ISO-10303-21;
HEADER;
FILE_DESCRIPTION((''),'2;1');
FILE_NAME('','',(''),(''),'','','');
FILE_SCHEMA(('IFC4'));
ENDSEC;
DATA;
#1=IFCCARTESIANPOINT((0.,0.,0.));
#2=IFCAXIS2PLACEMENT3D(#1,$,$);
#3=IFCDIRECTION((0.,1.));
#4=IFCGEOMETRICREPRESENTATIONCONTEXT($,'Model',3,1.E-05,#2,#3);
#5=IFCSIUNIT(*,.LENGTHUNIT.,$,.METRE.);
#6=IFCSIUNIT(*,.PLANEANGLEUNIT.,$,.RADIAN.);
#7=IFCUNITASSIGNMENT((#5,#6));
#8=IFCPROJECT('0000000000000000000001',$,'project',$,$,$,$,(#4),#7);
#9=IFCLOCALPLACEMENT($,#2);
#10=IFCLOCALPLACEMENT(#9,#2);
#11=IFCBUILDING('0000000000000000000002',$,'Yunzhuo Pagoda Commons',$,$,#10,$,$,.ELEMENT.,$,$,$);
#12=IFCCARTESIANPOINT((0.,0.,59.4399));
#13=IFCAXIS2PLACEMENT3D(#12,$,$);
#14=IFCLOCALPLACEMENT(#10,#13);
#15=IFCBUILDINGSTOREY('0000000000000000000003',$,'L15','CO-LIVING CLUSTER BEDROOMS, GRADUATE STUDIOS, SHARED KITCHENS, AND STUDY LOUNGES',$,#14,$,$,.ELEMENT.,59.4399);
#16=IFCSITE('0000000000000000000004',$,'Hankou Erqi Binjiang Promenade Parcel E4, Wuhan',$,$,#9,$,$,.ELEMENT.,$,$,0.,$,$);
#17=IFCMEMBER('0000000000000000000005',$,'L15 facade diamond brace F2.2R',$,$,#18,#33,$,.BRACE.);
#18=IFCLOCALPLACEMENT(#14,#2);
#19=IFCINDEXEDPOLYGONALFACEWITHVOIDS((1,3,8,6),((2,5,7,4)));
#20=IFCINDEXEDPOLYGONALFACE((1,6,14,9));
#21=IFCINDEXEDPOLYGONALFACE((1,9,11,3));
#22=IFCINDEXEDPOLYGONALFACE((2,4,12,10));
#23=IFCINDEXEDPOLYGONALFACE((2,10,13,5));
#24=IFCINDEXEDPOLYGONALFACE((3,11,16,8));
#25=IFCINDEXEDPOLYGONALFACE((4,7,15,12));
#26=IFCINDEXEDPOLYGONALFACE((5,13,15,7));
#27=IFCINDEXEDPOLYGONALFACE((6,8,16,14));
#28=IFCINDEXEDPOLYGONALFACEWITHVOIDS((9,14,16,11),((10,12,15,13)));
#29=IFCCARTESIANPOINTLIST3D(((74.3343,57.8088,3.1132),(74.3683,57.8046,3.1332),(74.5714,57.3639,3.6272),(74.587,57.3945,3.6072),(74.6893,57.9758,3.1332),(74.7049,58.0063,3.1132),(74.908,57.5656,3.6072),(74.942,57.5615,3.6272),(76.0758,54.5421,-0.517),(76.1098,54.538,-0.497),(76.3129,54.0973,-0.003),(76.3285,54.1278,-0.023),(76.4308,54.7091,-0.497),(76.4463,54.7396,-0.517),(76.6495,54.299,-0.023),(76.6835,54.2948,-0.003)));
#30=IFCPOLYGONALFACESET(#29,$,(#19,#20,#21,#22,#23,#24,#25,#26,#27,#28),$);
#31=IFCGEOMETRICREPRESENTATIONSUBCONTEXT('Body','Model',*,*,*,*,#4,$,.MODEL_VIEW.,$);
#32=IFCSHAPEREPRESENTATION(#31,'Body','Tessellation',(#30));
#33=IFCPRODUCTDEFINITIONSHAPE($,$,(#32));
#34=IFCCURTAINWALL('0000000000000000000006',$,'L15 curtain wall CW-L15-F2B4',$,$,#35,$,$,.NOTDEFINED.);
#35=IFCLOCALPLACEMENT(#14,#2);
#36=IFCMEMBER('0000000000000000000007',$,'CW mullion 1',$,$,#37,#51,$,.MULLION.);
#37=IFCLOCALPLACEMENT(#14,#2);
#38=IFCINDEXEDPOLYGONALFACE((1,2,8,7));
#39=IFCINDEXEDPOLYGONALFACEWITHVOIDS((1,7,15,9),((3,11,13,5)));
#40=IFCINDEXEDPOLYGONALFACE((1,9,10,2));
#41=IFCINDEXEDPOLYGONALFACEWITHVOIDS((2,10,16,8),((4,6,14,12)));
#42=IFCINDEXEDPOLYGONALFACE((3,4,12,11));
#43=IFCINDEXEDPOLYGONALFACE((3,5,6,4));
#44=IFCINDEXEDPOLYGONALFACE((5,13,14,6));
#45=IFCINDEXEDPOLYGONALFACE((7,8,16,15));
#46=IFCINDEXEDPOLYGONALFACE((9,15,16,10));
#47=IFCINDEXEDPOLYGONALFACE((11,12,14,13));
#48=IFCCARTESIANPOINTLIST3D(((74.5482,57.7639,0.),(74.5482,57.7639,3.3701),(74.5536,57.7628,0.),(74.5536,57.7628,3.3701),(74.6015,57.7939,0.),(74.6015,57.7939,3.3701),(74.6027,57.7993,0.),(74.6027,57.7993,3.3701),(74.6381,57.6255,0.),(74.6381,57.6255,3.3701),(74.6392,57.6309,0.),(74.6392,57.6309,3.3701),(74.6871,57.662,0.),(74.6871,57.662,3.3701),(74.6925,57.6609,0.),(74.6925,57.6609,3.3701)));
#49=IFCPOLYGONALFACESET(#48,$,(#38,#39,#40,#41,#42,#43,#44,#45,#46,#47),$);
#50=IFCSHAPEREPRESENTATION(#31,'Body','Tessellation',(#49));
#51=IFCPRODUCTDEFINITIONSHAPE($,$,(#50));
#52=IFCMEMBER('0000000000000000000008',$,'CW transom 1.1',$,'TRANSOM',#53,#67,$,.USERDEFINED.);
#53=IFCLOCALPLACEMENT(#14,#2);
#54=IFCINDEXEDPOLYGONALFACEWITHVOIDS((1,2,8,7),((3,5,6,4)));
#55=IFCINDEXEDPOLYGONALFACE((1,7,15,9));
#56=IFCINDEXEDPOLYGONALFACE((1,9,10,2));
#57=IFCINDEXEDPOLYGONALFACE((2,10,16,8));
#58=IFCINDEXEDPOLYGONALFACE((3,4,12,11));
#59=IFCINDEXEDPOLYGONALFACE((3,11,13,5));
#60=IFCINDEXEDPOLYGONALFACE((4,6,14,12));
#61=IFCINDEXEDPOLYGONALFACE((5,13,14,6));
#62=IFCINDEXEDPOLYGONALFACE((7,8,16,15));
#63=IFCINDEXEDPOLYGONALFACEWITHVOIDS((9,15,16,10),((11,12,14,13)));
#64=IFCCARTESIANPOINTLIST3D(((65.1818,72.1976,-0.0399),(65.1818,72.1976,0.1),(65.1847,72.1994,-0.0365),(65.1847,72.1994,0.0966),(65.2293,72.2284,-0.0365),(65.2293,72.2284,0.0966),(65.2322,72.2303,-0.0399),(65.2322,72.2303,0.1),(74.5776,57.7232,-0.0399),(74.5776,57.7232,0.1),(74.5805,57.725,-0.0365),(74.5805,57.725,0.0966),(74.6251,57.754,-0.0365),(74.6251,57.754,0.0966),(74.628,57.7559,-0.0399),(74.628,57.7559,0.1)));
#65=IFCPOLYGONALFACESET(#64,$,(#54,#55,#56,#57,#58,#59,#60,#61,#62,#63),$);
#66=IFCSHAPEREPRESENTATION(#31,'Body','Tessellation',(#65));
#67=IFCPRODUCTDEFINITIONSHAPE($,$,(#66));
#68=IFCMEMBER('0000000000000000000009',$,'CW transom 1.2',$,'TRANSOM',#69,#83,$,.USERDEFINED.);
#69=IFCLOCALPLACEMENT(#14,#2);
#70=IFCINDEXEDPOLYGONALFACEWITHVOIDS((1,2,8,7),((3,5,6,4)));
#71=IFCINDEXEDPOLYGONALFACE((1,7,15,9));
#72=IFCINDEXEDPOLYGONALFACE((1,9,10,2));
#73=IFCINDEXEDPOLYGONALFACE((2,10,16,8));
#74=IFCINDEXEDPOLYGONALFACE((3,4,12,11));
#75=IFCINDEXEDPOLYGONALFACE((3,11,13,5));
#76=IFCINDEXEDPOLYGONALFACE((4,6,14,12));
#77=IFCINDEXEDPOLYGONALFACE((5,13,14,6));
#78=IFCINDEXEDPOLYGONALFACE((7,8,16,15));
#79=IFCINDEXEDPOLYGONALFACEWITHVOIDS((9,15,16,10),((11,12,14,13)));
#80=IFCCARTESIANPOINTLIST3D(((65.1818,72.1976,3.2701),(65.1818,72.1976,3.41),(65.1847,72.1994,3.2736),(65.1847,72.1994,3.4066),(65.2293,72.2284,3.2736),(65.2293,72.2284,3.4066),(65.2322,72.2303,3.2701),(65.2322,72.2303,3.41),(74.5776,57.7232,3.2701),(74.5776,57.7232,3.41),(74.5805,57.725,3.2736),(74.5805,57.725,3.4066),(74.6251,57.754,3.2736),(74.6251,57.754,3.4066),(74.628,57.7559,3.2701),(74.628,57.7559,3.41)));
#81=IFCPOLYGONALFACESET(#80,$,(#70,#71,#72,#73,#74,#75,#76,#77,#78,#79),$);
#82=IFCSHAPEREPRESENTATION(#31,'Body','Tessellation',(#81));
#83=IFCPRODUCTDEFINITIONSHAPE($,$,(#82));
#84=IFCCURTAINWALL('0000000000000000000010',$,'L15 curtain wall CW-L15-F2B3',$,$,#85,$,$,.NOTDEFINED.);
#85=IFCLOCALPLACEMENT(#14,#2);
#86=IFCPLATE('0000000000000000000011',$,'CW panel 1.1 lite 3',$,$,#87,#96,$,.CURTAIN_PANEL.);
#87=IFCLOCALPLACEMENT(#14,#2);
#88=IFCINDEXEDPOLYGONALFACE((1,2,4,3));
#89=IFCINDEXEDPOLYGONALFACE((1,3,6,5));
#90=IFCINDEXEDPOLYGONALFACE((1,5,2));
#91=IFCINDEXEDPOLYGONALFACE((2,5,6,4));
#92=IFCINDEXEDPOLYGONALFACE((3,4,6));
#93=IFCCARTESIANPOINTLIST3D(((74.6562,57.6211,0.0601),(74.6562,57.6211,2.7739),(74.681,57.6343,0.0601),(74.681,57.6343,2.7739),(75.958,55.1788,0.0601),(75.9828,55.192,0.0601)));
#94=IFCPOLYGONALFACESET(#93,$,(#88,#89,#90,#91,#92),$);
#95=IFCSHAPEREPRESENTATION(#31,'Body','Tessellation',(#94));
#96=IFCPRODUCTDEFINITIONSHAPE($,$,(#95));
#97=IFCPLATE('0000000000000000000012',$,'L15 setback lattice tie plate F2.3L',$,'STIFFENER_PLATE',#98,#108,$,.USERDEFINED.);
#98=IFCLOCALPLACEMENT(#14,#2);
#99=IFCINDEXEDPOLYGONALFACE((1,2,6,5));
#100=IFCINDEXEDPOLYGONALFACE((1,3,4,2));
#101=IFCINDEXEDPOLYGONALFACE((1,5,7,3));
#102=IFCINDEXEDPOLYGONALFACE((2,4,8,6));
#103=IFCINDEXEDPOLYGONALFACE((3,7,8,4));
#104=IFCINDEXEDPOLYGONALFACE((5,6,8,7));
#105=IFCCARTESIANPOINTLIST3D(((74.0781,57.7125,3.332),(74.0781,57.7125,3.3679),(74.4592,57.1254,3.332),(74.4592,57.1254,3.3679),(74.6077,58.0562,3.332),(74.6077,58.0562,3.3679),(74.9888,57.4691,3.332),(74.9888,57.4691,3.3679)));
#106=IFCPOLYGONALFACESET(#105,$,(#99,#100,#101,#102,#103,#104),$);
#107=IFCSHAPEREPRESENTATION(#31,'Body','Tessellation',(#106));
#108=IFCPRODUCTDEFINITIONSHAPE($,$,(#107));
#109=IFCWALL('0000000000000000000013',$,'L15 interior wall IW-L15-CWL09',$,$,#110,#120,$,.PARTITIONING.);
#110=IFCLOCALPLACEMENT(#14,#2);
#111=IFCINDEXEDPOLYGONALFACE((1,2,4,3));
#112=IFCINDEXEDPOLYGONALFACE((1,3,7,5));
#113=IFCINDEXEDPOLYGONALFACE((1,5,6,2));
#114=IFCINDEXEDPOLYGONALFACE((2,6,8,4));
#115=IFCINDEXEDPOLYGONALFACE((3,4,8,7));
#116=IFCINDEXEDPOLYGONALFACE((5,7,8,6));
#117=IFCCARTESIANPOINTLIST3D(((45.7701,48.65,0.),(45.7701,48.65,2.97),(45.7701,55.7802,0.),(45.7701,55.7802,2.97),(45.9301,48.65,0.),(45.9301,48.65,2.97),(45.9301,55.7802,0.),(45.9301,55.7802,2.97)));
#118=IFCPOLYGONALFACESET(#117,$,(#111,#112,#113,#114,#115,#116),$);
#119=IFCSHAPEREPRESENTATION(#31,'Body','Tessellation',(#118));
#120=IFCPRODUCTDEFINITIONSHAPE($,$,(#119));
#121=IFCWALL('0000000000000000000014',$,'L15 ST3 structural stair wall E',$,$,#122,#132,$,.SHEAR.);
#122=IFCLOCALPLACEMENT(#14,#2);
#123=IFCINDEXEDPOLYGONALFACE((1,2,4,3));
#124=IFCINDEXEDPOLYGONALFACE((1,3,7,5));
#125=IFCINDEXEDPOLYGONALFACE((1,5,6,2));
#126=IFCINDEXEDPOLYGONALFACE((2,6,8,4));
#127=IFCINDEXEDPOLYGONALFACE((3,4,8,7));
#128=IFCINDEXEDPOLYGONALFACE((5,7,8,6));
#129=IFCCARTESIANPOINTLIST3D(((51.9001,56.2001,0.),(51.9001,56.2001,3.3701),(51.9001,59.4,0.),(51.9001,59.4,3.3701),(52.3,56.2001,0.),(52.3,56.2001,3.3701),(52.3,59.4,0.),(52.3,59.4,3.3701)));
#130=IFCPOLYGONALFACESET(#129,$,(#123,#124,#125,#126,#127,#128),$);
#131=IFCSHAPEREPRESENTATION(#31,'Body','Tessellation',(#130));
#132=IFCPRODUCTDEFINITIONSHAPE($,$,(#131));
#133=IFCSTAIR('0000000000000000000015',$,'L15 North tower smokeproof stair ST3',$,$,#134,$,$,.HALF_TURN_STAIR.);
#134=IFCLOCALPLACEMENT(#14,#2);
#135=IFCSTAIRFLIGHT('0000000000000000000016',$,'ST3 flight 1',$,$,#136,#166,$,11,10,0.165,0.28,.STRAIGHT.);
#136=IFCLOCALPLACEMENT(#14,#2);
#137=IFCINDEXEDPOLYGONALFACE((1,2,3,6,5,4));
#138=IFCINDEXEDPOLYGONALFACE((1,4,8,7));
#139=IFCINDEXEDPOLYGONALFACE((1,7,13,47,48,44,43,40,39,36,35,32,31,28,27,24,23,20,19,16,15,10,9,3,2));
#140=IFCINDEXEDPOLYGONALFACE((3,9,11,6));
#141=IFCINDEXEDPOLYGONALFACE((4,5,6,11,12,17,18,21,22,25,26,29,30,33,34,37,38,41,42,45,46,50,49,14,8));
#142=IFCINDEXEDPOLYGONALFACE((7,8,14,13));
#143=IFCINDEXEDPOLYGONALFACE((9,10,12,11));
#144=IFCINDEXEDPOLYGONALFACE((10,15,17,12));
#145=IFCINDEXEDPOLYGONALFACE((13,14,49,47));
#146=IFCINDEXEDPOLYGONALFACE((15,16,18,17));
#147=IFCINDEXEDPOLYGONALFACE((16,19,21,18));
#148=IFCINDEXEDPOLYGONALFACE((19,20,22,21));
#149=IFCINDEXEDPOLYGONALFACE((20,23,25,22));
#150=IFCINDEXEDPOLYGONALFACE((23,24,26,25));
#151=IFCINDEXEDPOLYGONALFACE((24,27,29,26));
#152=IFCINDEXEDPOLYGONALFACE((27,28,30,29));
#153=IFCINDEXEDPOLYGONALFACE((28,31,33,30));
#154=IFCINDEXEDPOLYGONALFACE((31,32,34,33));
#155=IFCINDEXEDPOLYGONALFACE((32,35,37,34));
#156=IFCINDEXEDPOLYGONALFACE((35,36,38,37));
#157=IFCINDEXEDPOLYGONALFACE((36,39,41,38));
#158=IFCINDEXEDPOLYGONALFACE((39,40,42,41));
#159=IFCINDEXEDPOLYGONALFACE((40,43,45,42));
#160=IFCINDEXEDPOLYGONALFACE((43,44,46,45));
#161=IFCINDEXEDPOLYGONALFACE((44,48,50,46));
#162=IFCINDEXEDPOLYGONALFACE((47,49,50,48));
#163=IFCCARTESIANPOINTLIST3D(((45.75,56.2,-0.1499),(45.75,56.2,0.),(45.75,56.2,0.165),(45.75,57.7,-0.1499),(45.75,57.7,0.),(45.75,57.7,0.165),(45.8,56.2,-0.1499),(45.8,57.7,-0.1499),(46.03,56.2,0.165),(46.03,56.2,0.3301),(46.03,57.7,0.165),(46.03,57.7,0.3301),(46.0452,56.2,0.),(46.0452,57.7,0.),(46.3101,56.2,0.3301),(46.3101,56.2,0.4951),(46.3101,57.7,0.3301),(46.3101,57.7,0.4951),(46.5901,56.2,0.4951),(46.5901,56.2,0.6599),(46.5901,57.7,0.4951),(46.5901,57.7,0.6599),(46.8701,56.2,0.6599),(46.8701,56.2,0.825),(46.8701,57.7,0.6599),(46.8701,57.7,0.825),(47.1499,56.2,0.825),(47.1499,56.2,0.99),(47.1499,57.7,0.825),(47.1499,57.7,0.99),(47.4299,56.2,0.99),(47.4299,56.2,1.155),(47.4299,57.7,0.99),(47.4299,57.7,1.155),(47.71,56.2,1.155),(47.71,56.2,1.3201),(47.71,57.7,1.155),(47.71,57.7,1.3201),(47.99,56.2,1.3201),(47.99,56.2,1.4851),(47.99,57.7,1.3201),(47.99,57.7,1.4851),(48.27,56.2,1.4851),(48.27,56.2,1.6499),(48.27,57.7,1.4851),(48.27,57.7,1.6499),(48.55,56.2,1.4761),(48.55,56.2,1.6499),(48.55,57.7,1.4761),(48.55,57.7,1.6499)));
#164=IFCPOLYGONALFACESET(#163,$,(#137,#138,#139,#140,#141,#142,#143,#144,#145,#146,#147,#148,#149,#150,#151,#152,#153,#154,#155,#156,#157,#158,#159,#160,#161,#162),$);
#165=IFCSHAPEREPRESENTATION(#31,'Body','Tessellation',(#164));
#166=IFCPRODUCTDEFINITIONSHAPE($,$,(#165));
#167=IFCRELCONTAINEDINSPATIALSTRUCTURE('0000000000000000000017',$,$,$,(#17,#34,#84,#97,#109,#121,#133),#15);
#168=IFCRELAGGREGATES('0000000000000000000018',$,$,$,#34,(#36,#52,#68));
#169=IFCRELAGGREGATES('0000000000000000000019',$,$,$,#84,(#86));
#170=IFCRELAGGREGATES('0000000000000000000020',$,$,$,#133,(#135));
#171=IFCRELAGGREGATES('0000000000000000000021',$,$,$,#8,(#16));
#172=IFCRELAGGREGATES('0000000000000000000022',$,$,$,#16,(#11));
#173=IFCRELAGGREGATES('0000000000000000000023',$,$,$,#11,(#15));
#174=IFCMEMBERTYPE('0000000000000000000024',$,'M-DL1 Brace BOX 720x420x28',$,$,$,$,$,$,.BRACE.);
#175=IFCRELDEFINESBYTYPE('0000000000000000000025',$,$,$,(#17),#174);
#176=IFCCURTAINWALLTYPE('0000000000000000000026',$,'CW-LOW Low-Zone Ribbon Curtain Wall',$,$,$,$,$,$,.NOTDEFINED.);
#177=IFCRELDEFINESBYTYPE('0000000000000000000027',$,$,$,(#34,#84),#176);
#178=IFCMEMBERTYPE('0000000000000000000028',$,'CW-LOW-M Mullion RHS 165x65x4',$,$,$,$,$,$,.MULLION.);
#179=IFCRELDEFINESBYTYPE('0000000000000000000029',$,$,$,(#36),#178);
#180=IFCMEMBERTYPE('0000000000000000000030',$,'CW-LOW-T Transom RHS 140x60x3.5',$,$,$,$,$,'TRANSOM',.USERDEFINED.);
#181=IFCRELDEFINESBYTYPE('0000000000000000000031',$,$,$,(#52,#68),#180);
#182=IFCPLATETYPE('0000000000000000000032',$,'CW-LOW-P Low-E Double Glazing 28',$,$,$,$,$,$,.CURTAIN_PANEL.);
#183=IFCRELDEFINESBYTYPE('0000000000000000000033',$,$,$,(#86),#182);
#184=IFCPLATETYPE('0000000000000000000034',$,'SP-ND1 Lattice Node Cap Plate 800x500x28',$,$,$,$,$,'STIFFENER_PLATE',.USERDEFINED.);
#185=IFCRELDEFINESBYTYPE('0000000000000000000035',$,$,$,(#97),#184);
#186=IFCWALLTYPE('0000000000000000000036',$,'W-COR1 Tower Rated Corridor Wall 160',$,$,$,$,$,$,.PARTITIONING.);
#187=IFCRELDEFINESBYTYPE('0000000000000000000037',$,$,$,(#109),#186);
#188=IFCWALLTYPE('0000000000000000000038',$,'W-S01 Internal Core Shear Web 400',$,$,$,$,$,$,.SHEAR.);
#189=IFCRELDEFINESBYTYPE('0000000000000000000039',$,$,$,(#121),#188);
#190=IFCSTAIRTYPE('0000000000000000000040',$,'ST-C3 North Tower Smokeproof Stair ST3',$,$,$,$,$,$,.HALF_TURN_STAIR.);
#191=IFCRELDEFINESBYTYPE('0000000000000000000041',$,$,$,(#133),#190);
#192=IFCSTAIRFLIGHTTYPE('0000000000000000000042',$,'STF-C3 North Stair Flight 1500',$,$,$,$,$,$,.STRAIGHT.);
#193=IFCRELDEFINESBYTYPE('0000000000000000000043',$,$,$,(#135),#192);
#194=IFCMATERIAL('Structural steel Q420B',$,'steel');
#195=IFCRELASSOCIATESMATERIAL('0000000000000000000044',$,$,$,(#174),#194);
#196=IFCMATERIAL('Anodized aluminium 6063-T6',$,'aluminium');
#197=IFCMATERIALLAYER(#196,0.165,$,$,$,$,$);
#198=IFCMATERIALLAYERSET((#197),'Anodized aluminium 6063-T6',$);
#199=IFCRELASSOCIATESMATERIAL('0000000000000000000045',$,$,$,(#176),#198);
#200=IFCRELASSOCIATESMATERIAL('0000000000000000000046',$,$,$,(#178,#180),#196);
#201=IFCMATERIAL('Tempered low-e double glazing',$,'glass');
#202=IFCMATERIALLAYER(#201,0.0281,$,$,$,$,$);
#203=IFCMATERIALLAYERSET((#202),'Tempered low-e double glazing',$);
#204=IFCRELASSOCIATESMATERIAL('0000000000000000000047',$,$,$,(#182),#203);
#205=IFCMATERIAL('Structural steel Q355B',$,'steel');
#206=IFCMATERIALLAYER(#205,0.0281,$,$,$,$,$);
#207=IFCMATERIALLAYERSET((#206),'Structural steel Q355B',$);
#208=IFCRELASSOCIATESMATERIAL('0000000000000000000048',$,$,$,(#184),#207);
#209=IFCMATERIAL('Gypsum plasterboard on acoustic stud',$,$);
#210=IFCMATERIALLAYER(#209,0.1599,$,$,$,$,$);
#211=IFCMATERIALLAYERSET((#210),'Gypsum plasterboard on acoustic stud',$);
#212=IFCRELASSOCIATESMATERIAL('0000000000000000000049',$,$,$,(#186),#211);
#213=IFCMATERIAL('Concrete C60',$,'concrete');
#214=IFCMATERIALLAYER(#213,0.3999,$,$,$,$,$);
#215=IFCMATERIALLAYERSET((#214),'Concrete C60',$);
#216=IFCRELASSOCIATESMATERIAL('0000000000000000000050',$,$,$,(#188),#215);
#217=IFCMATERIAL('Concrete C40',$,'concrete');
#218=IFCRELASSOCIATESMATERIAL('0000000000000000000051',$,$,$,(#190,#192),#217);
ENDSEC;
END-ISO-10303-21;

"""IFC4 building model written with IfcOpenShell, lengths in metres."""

from ifc_helpers import new_model, si_unit, direction, frame, frame_2d, origin, origin_2d, place, context, subcontext, project, spatial, polyline, rectangle, hollow_rectangle, outline, extrude, source, transform, mapped, material, layer, layer_set, material_profile, profile_set, type_object, element, aggregate, save


model = new_model("IFC4")

# Units and contexts
model_context = context("Model", 3, precision=1e-05, world=origin(), true_north=direction((0.0, 1.0)))
body_context = subcontext(model_context, "Body", "Model", "MODEL_VIEW")
ifc_project = project(units=[si_unit("LENGTHUNIT", "METRE"), si_unit("PLANEANGLEUNIT", "RADIAN")], contexts=[model_context])

# Site, building, storey
site_placement = place(None, origin())
site = spatial("IfcSite", under=ifc_project, at=site_placement, Name="Hankou Erqi Binjiang Promenade Parcel E4, Wuhan", CompositionType="ELEMENT", RefElevation=0.0)
building_placement = place(site_placement, origin())
building = spatial("IfcBuilding", under=site, at=building_placement, Name="Yunzhuo Pagoda Commons", CompositionType="ELEMENT")
storey_placement = place(building_placement, frame((0.0, 0.0, 59.4399)))
storey = spatial("IfcBuildingStorey", under=building, at=storey_placement, Name="L15", Description="CO-LIVING CLUSTER BEDROOMS, GRADUATE STUDIOS, SHARED KITCHENS, AND STUDY LOUNGES", CompositionType="ELEMENT", Elevation=59.4399)

# Shared definitions
ifc_material_1 = material(Name="Structural steel Q420B", Category="steel")

# Shared definitions
ifc_material_2 = material(Name="Structural steel Q355B", Category="steel")

# Member
ifc_material_profile_1 = material_profile(ifc_material_1, hollow_rectangle(XDim=0.4199, YDim=0.72, WallThickness=0.0281, at=origin_2d()), Name="Structural steel Q420B")
ifc_profile_set_1 = profile_set([ifc_material_profile_1], Name="Structural steel Q420B")
member_type_1 = type_object("IfcMemberType", Name="M-DL1 Brace BOX 720x420x28", PredefinedType="BRACE", material=ifc_profile_set_1)
shared_shape_1 = source(origin(), body_context, "Body", "SweptSolid", [
    extrude(hollow_rectangle(XDim=0.4199, YDim=0.72, WallThickness=0.0281, at=origin_2d()), origin(), (0.0, 0.0, 1.0), 5.1848),
])
member_1_placement = place(storey_placement, frame((76.3796, 54.4185, -0.26), z_axis=(-0.335883, 0.630046, 0.700161), x_axis=(-0.882435, -0.470434, 0.0)))
element("IfcMember", 1, at=member_1_placement, inside=storey, type_object=member_type_1, Name="L15 facade diamond brace F2.2R", PredefinedType="BRACE", context=body_context, shape_type="MappedRepresentation", body=[
    mapped(shared_shape_1, transform((0.0, 0.0, 0.0), scale=1.0)),
])

# Curtain wall, members
ifc_material_3 = material(Name="Anodized aluminium 6063-T6", Category="aluminium")
ifc_layer_1 = layer(ifc_material_3, 0.165)
ifc_layer_set_1 = layer_set([ifc_layer_1], Name="Anodized aluminium 6063-T6")
curtain_wall_type = type_object("IfcCurtainWallType", Name="CW-LOW Low-Zone Ribbon Curtain Wall", PredefinedType="NOTDEFINED", material=ifc_layer_set_1)
curtain_wall_1_placement = place(storey_placement, origin())
curtain_wall_1 = element("IfcCurtainWall", 2, at=curtain_wall_1_placement, inside=storey, type_object=curtain_wall_type, Name="L15 curtain wall CW-L15-F2B4", PredefinedType="NOTDEFINED")
ifc_material_profile_2 = material_profile(ifc_material_3, hollow_rectangle(XDim=0.0649, YDim=0.165, WallThickness=0.0039, at=origin_2d()), Name="Anodized aluminium 6063-T6")
ifc_profile_set_2 = profile_set([ifc_material_profile_2], Name="Anodized aluminium 6063-T6")
member_type_2 = type_object("IfcMemberType", Name="CW-LOW-M Mullion RHS 165x65x4", PredefinedType="MULLION", material=ifc_profile_set_2)
shared_shape_2 = source(origin(), body_context, "Body", "SweptSolid", [
    extrude(hollow_rectangle(XDim=0.0649, YDim=0.165, WallThickness=0.0039, at=origin_2d()), origin(), (0.0, 0.0, 1.0), 3.3701),
])
member_2_placement = place(storey_placement, frame((74.6204, 57.7124, 0.0), z_axis=(0.0, 0.0, 1.0), x_axis=(-0.838777, -0.544476, 0.0)))
member_2 = element("IfcMember", 3, at=member_2_placement, type_object=member_type_2, Name="CW mullion 1", PredefinedType="MULLION", context=body_context, shape_type="MappedRepresentation", body=[
    mapped(shared_shape_2, transform((0.0, 0.0, 0.0), scale=1.0)),
])
ifc_material_profile_3 = material_profile(ifc_material_3, hollow_rectangle(XDim=0.0601, YDim=0.1399, WallThickness=0.0034, at=origin_2d()), Name="Anodized aluminium 6063-T6")
ifc_profile_set_3 = profile_set([ifc_material_profile_3], Name="Anodized aluminium 6063-T6")
member_type_3 = type_object("IfcMemberType", Name="CW-LOW-T Transom RHS 140x60x3.5", ElementType="TRANSOM", PredefinedType="USERDEFINED", material=ifc_profile_set_3)
shared_shape_3 = source(origin(), body_context, "Body", "SweptSolid", [
    extrude(hollow_rectangle(XDim=0.0601, YDim=0.1399, WallThickness=0.0034, at=origin_2d()), origin(), (0.0, 0.0, 1.0), 17.2566),
])
member_3_placement = place(storey_placement, frame((74.6028, 57.7395, 0.03), z_axis=(-0.544476, 0.838777, 0.0), x_axis=(-0.838777, -0.544476, 0.0)))
member_3 = element("IfcMember", 4, at=member_3_placement, type_object=member_type_3, Name="CW transom 1.1", ObjectType="TRANSOM", PredefinedType="USERDEFINED", context=body_context, shape_type="MappedRepresentation", body=[
    mapped(shared_shape_3, transform((0.0, 0.0, 0.0), scale=1.0)),
])
member_4_placement = place(storey_placement, frame((74.6028, 57.7395, 3.3401), z_axis=(-0.544476, 0.838777, 0.0), x_axis=(-0.838777, -0.544476, 0.0)))
member_4 = element("IfcMember", 5, at=member_4_placement, type_object=member_type_3, Name="CW transom 1.2", ObjectType="TRANSOM", PredefinedType="USERDEFINED", context=body_context, shape_type="MappedRepresentation", body=[
    mapped(shared_shape_3, transform((0.0, 0.0, 0.0), scale=1.0)),
])
aggregate(curtain_wall_1, [member_2, member_3, member_4])

# Curtain wall, plate
curtain_wall_2_placement = place(storey_placement, origin())
curtain_wall_2 = element("IfcCurtainWall", 6, at=curtain_wall_2_placement, inside=storey, type_object=curtain_wall_type, Name="L15 curtain wall CW-L15-F2B3", PredefinedType="NOTDEFINED")
ifc_material_4 = material(Name="Tempered low-e double glazing", Category="glass")
ifc_layer_2 = layer(ifc_material_4, 0.0281)
ifc_layer_set_2 = layer_set([ifc_layer_2], Name="Tempered low-e double glazing")
plate_type_1 = type_object("IfcPlateType", Name="CW-LOW-P Low-E Double Glazing 28", PredefinedType="CURTAIN_PANEL", material=ifc_layer_set_2)
plate_1_placement = place(storey_placement, frame((75.3071, 56.3999, 1.417), z_axis=(0.88247, 0.470369, 0.0), x_axis=(-0.470369, 0.88247, 0.0)))
plate_1 = element("IfcPlate", 7, at=plate_1_placement, type_object=plate_type_1, Name="CW panel 1.1 lite 3", PredefinedType="CURTAIN_PANEL", context=body_context, shape_type="SweptSolid", body=[
    extrude(outline(polyline([(-1.3838, -1.3569), (1.3838, -1.3569), (1.3838, 1.3569), (-1.3838, -1.3569)])), origin(), (0.0, 0.0, 1.0), 0.0281),
])
aggregate(curtain_wall_2, [plate_1])

# Plate
ifc_layer_3 = layer(ifc_material_2, 0.0281)
ifc_layer_set_3 = layer_set([ifc_layer_3], Name="Structural steel Q355B")
plate_type_2 = type_object("IfcPlateType", Name="SP-ND1 Lattice Node Cap Plate 800x500x28", ElementType="STIFFENER_PLATE", PredefinedType="USERDEFINED", material=ifc_layer_set_3)
shared_shape_4 = source(origin(), body_context, "Body", "SweptSolid", [
    extrude(rectangle(XDim=0.7, YDim=0.6313, at=origin_2d()), origin(), (0.0, 0.0, 1.0), 0.0359),
])
plate_2_placement = place(storey_placement, frame((74.5334, 57.5908, 3.332), z_axis=(0.0, 0.0, 1.0), x_axis=(-0.544478, 0.838775, 0.0)))
element("IfcPlate", 8, at=plate_2_placement, inside=storey, type_object=plate_type_2, Name="L15 setback lattice tie plate F2.3L", ObjectType="STIFFENER_PLATE", PredefinedType="USERDEFINED", context=body_context, shape_type="MappedRepresentation", body=[
    mapped(shared_shape_4, transform((0.0, 0.0, 0.0), scale=1.0)),
])

# Walls
ifc_material_5 = material(Name="Gypsum plasterboard on acoustic stud")
ifc_layer_4 = layer(ifc_material_5, 0.1599)
ifc_layer_set_4 = layer_set([ifc_layer_4], Name="Gypsum plasterboard on acoustic stud")
wall_type_1 = type_object("IfcWallType", Name="W-COR1 Tower Rated Corridor Wall 160", PredefinedType="PARTITIONING", material=ifc_layer_set_4)
wall_1_placement = place(storey_placement, frame((45.8501, 55.78, 0.0), z_axis=(0.0, 0.0, 1.0), x_axis=(0.0, -1.0, 0.0)))
element("IfcWall", 9, at=wall_1_placement, inside=storey, type_object=wall_type_1, Name="L15 interior wall IW-L15-CWL09", PredefinedType="PARTITIONING", context=body_context, shape_type="SweptSolid", body=[
    extrude(rectangle(XDim=7.1301, YDim=0.1599, at=frame_2d((3.5649, 0.0))), origin(), (0.0, 0.0, 1.0), 2.97),
])
ifc_material_6 = material(Name="Concrete C60", Category="concrete")
ifc_layer_5 = layer(ifc_material_6, 0.3999)
ifc_layer_set_5 = layer_set([ifc_layer_5], Name="Concrete C60")
wall_type_2 = type_object("IfcWallType", Name="W-S01 Internal Core Shear Web 400", PredefinedType="SHEAR", material=ifc_layer_set_5)
wall_2_placement = place(storey_placement, frame((52.1001, 56.2, 0.0), z_axis=(0.0, 0.0, 1.0), x_axis=(0.0, 1.0, 0.0)))
element("IfcWall", 10, at=wall_2_placement, inside=storey, type_object=wall_type_2, Name="L15 ST3 structural stair wall E", PredefinedType="SHEAR", context=body_context, shape_type="SweptSolid", body=[
    extrude(rectangle(XDim=3.2, YDim=0.3999, at=frame_2d((1.6001, 0.0))), origin(), (0.0, 0.0, 1.0), 3.3701),
])

# Stair, stair flight
ifc_material_7 = material(Name="Concrete C40", Category="concrete")
stair_type = type_object("IfcStairType", Name="ST-C3 North Tower Smokeproof Stair ST3", PredefinedType="HALF_TURN_STAIR", material=ifc_material_7)
stair_placement = place(storey_placement, origin())
stair = element("IfcStair", 11, at=stair_placement, inside=storey, type_object=stair_type, Name="L15 North tower smokeproof stair ST3", PredefinedType="HALF_TURN_STAIR")
stair_flight_type = type_object("IfcStairFlightType", Name="STF-C3 North Stair Flight 1500", PredefinedType="STRAIGHT", material=ifc_material_7)
shared_shape_5 = source(origin(), body_context, "Body", "SweptSolid", [
    extrude(outline(polyline([(0.0, -0.1499), (0.0, 0.0), (0.0, 0.165), (0.28, 0.165), (0.28, 0.3301), (0.5601, 0.3301), (0.5601, 0.4951), (0.8401, 0.4951), (0.8401, 0.6599), (1.1201, 0.6599), (1.1201, 0.825), (1.3999, 0.825), (1.3999, 0.99), (1.6799, 0.99), (1.6799, 1.155), (1.96, 1.155), (1.96, 1.3201), (2.24, 1.3201), (2.24, 1.4851), (2.52, 1.4851), (2.52, 1.6499), (2.8, 1.6499), (2.8, 1.8149), (2.8, 1.4761), (0.2952, 0.0), (0.05, -0.1499), (0.0, -0.1499)])), frame((0.0, 0.75, 0.0), z_axis=(0.0, -1.0, 0.0), x_axis=(1.0, 0.0, 0.0)), (0.0, 0.0, 1.0), 1.5),
])
stair_flight_placement = place(storey_placement, frame((45.75, 56.95, 0.0), z_axis=(0.0, 0.0, 1.0), x_axis=(1.0, 0.0, 0.0)))
stair_flight = element("IfcStairFlight", 12, at=stair_flight_placement, type_object=stair_flight_type, Name="ST3 flight 1", NumberOfRisers=11, NumberOfTreads=10, PredefinedType="STRAIGHT", RiserHeight=0.165, TreadLength=0.28, context=body_context, shape_type="MappedRepresentation", body=[
    mapped(shared_shape_5, transform((0.0, 0.0, 0.0), scale=1.0)),
])
aggregate(stair, [stair_flight])

save(model, "model.ifc")
